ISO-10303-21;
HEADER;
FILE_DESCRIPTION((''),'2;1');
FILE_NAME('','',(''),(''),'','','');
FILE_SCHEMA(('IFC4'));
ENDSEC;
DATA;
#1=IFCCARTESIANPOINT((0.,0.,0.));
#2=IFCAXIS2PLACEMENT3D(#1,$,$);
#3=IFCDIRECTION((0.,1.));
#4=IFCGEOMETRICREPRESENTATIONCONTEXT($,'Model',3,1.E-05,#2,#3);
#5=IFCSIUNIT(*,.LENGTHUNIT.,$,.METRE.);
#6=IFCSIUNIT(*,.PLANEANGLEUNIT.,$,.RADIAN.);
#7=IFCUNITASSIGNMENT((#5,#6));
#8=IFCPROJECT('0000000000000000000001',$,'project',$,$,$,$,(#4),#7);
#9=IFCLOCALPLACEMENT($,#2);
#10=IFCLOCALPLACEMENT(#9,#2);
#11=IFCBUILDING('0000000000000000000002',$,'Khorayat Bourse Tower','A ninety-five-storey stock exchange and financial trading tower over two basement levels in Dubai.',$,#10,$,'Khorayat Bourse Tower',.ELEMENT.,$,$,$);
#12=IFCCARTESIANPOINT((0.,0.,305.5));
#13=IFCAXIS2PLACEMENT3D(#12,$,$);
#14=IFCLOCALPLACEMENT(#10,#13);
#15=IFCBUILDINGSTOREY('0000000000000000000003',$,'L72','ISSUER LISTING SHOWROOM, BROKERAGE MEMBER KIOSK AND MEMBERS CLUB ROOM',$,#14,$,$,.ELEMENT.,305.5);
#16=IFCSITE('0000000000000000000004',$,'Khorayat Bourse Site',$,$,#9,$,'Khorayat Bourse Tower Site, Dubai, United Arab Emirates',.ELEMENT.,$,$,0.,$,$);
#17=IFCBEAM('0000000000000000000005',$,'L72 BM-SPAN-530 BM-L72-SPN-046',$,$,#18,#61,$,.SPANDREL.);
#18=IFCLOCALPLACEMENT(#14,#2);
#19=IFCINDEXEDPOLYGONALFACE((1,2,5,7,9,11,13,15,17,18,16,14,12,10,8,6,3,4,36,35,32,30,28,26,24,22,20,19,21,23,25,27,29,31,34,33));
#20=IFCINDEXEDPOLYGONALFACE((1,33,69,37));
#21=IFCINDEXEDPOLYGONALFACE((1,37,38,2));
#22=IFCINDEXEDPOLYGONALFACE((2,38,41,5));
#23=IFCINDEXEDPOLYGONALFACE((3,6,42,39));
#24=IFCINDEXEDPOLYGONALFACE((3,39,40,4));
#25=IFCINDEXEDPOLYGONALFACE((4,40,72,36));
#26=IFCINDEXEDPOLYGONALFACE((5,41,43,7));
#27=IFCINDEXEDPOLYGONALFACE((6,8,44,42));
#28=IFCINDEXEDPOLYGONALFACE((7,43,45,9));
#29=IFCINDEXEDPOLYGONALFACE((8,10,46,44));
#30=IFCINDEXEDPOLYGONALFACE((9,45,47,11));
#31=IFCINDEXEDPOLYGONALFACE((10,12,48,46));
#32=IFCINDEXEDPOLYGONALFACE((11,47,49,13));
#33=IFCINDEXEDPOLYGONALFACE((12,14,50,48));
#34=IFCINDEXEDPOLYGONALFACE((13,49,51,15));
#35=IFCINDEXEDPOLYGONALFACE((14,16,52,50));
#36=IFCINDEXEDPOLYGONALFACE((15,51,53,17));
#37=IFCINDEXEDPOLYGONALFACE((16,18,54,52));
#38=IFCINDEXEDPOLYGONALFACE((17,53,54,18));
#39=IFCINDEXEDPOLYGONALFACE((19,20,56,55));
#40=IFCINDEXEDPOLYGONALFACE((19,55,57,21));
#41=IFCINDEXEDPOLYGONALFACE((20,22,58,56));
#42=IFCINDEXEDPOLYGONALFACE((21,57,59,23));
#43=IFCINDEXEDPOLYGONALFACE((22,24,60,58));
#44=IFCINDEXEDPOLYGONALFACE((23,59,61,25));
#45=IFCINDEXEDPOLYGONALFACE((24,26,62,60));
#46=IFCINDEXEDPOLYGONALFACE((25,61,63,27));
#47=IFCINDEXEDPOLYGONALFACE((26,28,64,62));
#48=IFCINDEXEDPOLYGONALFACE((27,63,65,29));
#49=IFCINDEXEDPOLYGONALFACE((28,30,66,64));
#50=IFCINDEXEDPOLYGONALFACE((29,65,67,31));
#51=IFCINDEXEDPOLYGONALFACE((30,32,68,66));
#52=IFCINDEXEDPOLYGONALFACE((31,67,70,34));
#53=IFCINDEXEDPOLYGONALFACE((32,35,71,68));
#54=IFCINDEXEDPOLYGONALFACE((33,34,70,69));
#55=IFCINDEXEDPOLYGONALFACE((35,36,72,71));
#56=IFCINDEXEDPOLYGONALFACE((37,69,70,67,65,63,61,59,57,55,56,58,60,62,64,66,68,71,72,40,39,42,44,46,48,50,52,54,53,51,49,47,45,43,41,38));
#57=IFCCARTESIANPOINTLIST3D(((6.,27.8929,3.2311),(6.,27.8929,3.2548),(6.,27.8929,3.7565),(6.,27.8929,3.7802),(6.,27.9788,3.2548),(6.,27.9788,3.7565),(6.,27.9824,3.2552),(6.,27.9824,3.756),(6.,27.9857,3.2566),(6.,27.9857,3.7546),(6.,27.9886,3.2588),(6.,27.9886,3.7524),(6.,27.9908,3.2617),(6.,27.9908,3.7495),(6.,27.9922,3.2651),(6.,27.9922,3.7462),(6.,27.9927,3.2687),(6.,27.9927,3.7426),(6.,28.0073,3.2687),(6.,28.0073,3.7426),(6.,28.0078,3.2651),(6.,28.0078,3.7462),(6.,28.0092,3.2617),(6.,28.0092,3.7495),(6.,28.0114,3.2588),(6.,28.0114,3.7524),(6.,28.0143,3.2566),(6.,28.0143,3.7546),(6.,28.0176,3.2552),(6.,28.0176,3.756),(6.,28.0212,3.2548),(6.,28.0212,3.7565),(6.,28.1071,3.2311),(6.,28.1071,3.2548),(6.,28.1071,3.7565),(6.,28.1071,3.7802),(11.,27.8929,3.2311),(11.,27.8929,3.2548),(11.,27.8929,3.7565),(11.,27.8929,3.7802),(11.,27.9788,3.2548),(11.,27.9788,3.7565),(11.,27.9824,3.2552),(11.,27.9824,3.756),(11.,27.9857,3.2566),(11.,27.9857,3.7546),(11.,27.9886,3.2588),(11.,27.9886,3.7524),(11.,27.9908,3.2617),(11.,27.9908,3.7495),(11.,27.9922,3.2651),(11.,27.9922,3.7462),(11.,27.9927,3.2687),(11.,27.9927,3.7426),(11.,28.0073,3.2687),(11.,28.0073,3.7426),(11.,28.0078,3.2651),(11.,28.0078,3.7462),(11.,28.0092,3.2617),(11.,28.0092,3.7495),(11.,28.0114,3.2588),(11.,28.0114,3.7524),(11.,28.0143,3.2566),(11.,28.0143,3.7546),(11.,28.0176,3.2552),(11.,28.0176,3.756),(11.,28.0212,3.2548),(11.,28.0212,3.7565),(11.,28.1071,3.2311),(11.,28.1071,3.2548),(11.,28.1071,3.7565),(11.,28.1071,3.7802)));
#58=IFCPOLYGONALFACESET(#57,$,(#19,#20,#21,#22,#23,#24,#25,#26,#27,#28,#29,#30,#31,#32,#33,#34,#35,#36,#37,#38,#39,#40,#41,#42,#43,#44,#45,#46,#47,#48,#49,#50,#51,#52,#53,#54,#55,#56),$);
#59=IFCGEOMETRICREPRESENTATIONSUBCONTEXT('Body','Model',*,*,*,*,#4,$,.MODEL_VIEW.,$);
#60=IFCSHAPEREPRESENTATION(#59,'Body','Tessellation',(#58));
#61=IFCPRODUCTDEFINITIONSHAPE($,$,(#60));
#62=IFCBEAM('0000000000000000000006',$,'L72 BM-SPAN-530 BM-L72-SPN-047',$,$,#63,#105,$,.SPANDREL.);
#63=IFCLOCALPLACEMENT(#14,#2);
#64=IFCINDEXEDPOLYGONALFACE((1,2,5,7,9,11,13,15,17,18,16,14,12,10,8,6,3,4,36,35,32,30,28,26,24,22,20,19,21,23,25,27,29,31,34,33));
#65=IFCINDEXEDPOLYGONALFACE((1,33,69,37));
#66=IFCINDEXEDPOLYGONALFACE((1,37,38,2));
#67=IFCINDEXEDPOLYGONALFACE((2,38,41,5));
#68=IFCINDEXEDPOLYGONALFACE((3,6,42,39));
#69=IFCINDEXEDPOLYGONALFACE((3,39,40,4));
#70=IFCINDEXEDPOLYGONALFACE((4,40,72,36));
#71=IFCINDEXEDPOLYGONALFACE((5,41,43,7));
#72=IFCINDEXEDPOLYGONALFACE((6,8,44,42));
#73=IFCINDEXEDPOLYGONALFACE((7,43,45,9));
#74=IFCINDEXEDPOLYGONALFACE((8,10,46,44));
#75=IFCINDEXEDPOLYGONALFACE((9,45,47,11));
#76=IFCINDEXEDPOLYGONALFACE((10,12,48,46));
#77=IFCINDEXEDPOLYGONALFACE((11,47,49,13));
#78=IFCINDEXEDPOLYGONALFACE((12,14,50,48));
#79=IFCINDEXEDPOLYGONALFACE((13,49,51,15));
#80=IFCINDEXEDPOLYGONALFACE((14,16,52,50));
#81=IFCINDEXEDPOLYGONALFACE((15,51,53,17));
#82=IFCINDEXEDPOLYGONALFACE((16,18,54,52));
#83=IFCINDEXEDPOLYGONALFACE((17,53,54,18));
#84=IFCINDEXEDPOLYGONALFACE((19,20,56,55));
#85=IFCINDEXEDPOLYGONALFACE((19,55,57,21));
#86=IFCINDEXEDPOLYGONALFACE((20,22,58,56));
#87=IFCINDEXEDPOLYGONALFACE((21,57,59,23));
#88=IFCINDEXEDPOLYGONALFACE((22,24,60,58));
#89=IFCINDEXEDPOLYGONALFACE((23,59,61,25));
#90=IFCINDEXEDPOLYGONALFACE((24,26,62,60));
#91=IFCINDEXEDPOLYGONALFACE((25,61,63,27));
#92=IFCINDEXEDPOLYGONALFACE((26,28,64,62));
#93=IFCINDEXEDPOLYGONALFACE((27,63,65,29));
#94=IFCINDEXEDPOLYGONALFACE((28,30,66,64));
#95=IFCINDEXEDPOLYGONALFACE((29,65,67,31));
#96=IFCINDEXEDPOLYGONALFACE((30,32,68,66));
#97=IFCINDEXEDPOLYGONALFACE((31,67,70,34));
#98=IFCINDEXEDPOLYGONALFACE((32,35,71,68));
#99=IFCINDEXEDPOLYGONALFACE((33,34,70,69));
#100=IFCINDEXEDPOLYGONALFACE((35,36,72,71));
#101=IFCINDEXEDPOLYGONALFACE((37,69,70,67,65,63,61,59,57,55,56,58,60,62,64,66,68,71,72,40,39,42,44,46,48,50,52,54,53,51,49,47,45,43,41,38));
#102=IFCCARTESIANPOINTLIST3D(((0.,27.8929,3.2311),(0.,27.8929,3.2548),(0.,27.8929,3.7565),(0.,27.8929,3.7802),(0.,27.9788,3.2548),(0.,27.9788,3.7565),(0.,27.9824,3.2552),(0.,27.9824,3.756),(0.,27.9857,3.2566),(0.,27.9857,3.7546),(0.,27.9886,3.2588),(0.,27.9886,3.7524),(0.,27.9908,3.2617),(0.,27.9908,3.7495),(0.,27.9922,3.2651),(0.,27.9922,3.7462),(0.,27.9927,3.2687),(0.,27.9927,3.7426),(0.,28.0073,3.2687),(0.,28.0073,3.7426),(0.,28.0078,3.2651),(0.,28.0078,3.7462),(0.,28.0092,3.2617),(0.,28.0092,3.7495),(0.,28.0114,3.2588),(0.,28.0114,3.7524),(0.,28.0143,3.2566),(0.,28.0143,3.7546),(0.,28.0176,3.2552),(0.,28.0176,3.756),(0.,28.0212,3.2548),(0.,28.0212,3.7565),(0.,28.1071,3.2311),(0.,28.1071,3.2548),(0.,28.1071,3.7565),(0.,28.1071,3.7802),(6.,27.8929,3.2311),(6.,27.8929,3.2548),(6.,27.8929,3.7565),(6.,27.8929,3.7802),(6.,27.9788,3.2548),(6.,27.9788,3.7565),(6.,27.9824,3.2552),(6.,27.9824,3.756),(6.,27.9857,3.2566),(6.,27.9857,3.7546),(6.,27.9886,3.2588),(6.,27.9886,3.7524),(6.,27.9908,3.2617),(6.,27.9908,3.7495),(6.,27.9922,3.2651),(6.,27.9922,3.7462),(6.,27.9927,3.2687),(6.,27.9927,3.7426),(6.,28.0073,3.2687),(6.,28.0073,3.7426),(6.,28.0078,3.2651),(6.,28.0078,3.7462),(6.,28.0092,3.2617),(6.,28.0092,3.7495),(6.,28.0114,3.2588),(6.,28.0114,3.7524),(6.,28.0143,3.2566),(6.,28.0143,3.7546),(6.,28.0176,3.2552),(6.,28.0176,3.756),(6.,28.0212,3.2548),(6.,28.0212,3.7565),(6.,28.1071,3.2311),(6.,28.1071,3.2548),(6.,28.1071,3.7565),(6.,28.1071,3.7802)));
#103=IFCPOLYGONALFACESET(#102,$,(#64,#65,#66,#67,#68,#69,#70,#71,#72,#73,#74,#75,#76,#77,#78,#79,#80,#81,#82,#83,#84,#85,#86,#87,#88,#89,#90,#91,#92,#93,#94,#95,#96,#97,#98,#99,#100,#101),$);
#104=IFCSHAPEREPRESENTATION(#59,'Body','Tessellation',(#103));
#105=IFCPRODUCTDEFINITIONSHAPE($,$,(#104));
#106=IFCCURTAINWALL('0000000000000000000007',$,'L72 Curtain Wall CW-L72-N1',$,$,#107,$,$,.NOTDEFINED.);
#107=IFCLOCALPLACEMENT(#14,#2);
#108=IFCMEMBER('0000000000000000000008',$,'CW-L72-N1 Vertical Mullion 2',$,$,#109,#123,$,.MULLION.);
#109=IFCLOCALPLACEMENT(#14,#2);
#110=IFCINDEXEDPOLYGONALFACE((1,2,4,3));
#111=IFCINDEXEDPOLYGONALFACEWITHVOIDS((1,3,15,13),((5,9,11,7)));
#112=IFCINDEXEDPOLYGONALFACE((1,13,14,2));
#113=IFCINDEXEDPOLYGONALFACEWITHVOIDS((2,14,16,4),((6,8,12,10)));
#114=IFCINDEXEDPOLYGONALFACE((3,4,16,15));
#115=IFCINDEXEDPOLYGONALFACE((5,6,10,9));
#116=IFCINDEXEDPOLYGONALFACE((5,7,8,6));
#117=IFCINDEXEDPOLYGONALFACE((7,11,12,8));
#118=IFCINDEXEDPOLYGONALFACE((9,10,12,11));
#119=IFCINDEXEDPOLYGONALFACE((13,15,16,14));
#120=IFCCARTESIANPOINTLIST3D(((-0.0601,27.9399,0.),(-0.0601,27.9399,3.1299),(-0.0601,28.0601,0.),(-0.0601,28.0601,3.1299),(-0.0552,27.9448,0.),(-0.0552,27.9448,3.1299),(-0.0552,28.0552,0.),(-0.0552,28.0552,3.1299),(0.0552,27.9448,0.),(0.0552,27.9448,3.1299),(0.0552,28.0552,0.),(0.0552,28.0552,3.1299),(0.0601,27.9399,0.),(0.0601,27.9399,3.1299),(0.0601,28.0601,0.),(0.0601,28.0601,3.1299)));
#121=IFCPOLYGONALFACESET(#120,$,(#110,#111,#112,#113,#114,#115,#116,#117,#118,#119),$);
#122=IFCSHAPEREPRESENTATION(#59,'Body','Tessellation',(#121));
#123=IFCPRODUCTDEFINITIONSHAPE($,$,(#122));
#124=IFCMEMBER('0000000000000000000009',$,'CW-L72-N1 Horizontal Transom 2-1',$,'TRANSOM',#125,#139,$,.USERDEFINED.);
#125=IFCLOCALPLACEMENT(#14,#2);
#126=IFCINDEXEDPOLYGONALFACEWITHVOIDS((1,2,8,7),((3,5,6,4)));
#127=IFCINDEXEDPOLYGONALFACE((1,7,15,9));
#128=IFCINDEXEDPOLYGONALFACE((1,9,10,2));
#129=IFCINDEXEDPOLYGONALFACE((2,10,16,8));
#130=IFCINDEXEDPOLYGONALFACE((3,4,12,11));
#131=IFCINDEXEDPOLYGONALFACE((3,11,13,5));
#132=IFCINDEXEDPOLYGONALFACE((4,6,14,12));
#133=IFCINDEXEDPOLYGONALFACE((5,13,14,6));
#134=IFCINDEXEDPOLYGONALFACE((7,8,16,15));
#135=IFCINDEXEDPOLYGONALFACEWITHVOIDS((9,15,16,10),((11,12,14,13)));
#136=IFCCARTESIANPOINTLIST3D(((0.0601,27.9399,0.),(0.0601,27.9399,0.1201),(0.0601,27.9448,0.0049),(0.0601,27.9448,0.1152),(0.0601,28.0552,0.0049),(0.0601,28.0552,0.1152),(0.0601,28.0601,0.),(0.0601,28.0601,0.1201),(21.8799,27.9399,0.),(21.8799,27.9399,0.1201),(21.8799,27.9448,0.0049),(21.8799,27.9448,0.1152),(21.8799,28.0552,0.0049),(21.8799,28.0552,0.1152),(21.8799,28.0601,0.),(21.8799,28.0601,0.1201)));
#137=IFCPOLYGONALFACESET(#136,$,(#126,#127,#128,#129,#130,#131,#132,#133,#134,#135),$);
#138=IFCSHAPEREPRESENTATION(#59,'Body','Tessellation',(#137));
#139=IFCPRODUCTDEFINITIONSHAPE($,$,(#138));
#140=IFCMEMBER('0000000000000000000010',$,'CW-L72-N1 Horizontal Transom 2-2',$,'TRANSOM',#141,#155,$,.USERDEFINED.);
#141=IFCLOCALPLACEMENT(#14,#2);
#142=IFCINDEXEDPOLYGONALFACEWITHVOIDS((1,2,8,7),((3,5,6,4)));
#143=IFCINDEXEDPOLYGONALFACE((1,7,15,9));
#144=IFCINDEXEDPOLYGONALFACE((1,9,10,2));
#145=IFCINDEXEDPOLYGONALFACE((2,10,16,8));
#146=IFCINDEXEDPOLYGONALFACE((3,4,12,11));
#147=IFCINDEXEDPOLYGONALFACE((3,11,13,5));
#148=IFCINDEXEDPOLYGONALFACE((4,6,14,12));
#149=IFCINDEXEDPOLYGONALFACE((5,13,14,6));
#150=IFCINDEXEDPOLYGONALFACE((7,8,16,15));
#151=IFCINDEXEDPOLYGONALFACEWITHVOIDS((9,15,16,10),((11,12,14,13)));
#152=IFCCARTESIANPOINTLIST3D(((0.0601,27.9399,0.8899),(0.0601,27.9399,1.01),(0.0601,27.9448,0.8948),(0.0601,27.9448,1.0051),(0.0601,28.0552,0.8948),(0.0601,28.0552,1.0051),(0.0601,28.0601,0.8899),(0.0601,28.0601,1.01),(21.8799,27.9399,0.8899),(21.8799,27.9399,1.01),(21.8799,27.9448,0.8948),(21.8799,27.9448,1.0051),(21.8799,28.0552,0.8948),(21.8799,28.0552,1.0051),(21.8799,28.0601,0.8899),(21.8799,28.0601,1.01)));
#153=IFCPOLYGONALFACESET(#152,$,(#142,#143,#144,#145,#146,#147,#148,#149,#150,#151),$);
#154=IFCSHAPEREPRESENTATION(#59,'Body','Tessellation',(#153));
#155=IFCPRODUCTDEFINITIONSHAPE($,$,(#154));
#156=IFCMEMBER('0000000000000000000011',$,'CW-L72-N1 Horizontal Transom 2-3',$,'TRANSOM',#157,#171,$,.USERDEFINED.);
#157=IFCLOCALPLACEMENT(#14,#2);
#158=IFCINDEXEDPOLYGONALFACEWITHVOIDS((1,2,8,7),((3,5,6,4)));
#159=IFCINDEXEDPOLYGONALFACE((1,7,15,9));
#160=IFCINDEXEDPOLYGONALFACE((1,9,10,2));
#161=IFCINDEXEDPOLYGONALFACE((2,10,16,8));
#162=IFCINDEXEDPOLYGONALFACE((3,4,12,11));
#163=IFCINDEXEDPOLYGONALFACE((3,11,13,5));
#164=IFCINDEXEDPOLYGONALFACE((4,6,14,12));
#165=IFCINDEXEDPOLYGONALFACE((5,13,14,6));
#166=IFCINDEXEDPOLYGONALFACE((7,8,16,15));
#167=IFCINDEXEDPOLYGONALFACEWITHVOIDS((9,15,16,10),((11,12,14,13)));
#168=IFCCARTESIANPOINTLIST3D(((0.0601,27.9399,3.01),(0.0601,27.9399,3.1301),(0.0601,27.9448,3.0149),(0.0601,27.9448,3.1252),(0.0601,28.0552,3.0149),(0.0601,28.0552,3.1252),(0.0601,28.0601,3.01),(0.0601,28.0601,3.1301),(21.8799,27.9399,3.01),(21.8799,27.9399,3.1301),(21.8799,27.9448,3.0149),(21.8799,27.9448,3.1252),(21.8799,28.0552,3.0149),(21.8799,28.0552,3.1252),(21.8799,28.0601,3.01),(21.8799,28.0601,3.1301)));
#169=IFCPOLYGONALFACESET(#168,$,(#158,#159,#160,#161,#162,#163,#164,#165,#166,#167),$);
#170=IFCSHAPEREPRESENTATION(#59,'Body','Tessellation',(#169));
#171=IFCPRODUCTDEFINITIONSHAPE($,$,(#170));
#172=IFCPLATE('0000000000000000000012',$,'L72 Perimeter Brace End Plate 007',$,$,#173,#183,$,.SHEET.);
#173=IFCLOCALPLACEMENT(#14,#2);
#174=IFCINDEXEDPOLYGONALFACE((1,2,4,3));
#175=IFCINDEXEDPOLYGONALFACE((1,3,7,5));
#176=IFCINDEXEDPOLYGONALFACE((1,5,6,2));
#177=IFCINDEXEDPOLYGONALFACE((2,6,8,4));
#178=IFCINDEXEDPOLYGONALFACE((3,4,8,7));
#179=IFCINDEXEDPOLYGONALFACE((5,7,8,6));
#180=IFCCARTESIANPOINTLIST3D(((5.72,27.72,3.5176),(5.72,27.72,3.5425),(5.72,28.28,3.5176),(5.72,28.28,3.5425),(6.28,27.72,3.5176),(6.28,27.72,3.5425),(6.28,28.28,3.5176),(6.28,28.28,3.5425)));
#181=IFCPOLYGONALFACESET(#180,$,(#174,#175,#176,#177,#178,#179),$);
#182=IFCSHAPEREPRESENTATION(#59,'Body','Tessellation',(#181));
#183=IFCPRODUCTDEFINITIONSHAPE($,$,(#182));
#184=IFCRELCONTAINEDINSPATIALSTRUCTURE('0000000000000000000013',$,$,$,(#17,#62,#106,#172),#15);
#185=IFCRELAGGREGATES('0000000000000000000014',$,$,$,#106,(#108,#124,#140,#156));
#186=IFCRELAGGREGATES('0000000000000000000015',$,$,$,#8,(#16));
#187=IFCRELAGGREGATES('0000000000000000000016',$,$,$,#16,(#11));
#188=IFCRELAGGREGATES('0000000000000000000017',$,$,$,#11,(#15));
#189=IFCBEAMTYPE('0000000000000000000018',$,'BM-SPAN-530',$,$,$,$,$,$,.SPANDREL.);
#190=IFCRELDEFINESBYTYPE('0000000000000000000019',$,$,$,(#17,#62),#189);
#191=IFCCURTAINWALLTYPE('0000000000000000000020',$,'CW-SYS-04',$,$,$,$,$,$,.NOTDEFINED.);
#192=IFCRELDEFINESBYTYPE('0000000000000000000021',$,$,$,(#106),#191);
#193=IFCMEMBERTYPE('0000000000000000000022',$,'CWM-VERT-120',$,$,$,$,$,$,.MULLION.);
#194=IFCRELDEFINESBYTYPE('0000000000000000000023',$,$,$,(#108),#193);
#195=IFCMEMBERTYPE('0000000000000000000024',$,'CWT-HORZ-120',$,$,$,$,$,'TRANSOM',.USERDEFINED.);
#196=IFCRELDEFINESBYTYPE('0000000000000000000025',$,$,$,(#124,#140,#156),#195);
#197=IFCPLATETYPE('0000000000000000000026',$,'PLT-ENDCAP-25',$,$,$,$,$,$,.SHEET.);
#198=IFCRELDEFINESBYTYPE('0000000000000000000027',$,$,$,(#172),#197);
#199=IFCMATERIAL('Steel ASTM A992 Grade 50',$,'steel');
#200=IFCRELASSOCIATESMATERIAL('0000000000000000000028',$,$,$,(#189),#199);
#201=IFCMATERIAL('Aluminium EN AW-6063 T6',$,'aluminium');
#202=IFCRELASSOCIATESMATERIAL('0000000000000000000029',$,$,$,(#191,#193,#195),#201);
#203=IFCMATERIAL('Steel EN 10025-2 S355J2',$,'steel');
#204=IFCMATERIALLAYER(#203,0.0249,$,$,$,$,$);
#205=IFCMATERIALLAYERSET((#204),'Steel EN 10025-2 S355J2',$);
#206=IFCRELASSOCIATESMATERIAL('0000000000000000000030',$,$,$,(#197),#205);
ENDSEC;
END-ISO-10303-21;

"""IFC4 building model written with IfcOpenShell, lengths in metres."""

from ifc_helpers import new_model, si_unit, direction, frame, origin, origin_2d, place, context, subcontext, project, spatial, rectangle, hollow_rectangle, i_section, extrude, source, transform, mapped, material, layer, layer_set, material_profile, profile_set, type_object, element, aggregate, save


model = new_model("IFC4")

# Units and contexts
model_context = context("Model", 3, precision=1e-05, world=origin(), true_north=direction((0.0, 1.0)))
body_context = subcontext(model_context, "Body", "Model", "MODEL_VIEW")
ifc_project = project(units=[si_unit("LENGTHUNIT", "METRE"), si_unit("PLANEANGLEUNIT", "RADIAN")], contexts=[model_context])

# Site, building, storey
site_placement = place(None, origin())
site = spatial("IfcSite", under=ifc_project, at=site_placement, Name="Khorayat Bourse Site", LongName="Khorayat Bourse Tower Site, Dubai, United Arab Emirates", CompositionType="ELEMENT", RefElevation=0.0)
building_placement = place(site_placement, origin())
building = spatial("IfcBuilding", under=site, at=building_placement, Name="Khorayat Bourse Tower", Description="A ninety-five-storey stock exchange and financial trading tower over two basement levels in Dubai.", LongName="Khorayat Bourse Tower", CompositionType="ELEMENT")
storey_placement = place(building_placement, frame((0.0, 0.0, 305.5)))
storey = spatial("IfcBuildingStorey", under=building, at=storey_placement, Name="L72", Description="ISSUER LISTING SHOWROOM, BROKERAGE MEMBER KIOSK AND MEMBERS CLUB ROOM", CompositionType="ELEMENT", Elevation=305.5)

# Beams
ifc_material_1 = material(Name="Steel ASTM A992 Grade 50", Category="steel")
ifc_material_profile_1 = material_profile(ifc_material_1, i_section(OverallWidth=0.2141, OverallDepth=0.5491, WebThickness=0.0146, FlangeThickness=0.0237, FilletRadius=0.0139, at=origin_2d()), Name="W530X138")
ifc_profile_set_1 = profile_set([ifc_material_profile_1], Name="Steel ASTM A992 Grade 50")
beam_type_1 = type_object("IfcBeamType", Name="BM-SPAN-530", PredefinedType="SPANDREL", material=ifc_profile_set_1)
shared_shape_1 = source(origin(), body_context, "Body", "SweptSolid", [
    extrude(i_section(OverallWidth=0.2141, OverallDepth=0.5491, WebThickness=0.0146, FlangeThickness=0.0237, FilletRadius=0.0139, at=origin_2d()), origin(), (0.0, 0.0, 1.0), 5.0),
])
beam_1_placement = place(storey_placement, frame((6.0, 28.0, 3.5056), z_axis=(1.0, 0.0, 0.0), x_axis=(0.0, 1.0, 0.0)))
element("IfcBeam", 1, at=beam_1_placement, inside=storey, type_object=beam_type_1, Name="L72 BM-SPAN-530 BM-L72-SPN-046", PredefinedType="SPANDREL", context=body_context, shape_type="MappedRepresentation", body=[
    mapped(shared_shape_1, transform((0.0, 0.0, 0.0), scale=1.0)),
])
shared_shape_2 = source(origin(), body_context, "Body", "SweptSolid", [
    extrude(i_section(OverallWidth=0.2141, OverallDepth=0.5491, WebThickness=0.0146, FlangeThickness=0.0237, FilletRadius=0.0139, at=origin_2d()), origin(), (0.0, 0.0, 1.0), 6.0),
])
beam_2_placement = place(storey_placement, frame((0.0, 28.0, 3.5056), z_axis=(1.0, 0.0, 0.0), x_axis=(0.0, 1.0, 0.0)))
element("IfcBeam", 2, at=beam_2_placement, inside=storey, type_object=beam_type_1, Name="L72 BM-SPAN-530 BM-L72-SPN-047", PredefinedType="SPANDREL", context=body_context, shape_type="MappedRepresentation", body=[
    mapped(shared_shape_2, transform((0.0, 0.0, 0.0), scale=1.0)),
])

# Curtain wall, members
ifc_material_2 = material(Name="Aluminium EN AW-6063 T6", Category="aluminium")
curtain_wall_type = type_object("IfcCurtainWallType", Name="CW-SYS-04", PredefinedType="NOTDEFINED", material=ifc_material_2)
curtain_wall_placement = place(storey_placement, origin())
curtain_wall = element("IfcCurtainWall", 3, at=curtain_wall_placement, inside=storey, type_object=curtain_wall_type, Name="L72 Curtain Wall CW-L72-N1", PredefinedType="NOTDEFINED")
ifc_material_profile_2 = material_profile(ifc_material_2, hollow_rectangle(XDim=0.1201, YDim=0.1201, WallThickness=0.0049, at=origin_2d()), Name="ALU 120x120x5")
ifc_profile_set_2 = profile_set([ifc_material_profile_2], Name="Aluminium EN AW-6063 T6")
member_type_1 = type_object("IfcMemberType", Name="CWM-VERT-120", PredefinedType="MULLION", material=ifc_profile_set_2)
shared_shape_3 = source(origin(), body_context, "Body", "SweptSolid", [
    extrude(hollow_rectangle(XDim=0.1201, YDim=0.1201, WallThickness=0.0049, at=origin_2d()), origin(), (0.0, 0.0, 1.0), 3.1299),
])
member_1_placement = place(storey_placement, frame((0.0, 28.0, 0.0), z_axis=(0.0, 0.0, 1.0), x_axis=(0.0, 1.0, 0.0)))
member_1 = element("IfcMember", 4, at=member_1_placement, type_object=member_type_1, Name="CW-L72-N1 Vertical Mullion 2", PredefinedType="MULLION", context=body_context, shape_type="MappedRepresentation", body=[
    mapped(shared_shape_3, transform((0.0, 0.0, 0.0), scale=1.0)),
])
ifc_material_profile_3 = material_profile(ifc_material_2, hollow_rectangle(XDim=0.1201, YDim=0.1201, WallThickness=0.0049, at=origin_2d()), Name="ALU 120x120x5")
ifc_profile_set_3 = profile_set([ifc_material_profile_3], Name="Aluminium EN AW-6063 T6")
member_type_2 = type_object("IfcMemberType", Name="CWT-HORZ-120", ElementType="TRANSOM", PredefinedType="USERDEFINED", material=ifc_profile_set_3)
shared_shape_4 = source(origin(), body_context, "Body", "SweptSolid", [
    extrude(hollow_rectangle(XDim=0.1201, YDim=0.1201, WallThickness=0.0049, at=origin_2d()), origin(), (0.0, 0.0, 1.0), 21.8198),
])
member_2_placement = place(storey_placement, frame((0.0601, 28.0, 0.0601), z_axis=(1.0, 0.0, 0.0), x_axis=(0.0, 1.0, 0.0)))
member_2 = element("IfcMember", 5, at=member_2_placement, type_object=member_type_2, Name="CW-L72-N1 Horizontal Transom 2-1", ObjectType="TRANSOM", PredefinedType="USERDEFINED", context=body_context, shape_type="MappedRepresentation", body=[
    mapped(shared_shape_4, transform((0.0, 0.0, 0.0), scale=1.0)),
])
member_3_placement = place(storey_placement, frame((0.0601, 28.0, 0.95), z_axis=(1.0, 0.0, 0.0), x_axis=(0.0, 1.0, 0.0)))
member_3 = element("IfcMember", 6, at=member_3_placement, type_object=member_type_2, Name="CW-L72-N1 Horizontal Transom 2-2", ObjectType="TRANSOM", PredefinedType="USERDEFINED", context=body_context, shape_type="MappedRepresentation", body=[
    mapped(shared_shape_4, transform((0.0, 0.0, 0.0), scale=1.0)),
])
member_4_placement = place(storey_placement, frame((0.0601, 28.0, 3.0701), z_axis=(1.0, 0.0, 0.0), x_axis=(0.0, 1.0, 0.0)))
member_4 = element("IfcMember", 7, at=member_4_placement, type_object=member_type_2, Name="CW-L72-N1 Horizontal Transom 2-3", ObjectType="TRANSOM", PredefinedType="USERDEFINED", context=body_context, shape_type="MappedRepresentation", body=[
    mapped(shared_shape_4, transform((0.0, 0.0, 0.0), scale=1.0)),
])

# Plate
ifc_material_3 = material(Name="Steel EN 10025-2 S355J2", Category="steel")
ifc_layer_1 = layer(ifc_material_3, 0.0249)
ifc_layer_set_1 = layer_set([ifc_layer_1], Name="Steel EN 10025-2 S355J2")
plate_type_1 = type_object("IfcPlateType", Name="PLT-ENDCAP-25", PredefinedType="SHEET", material=ifc_layer_set_1)
shared_shape_5 = source(origin(), body_context, "Body", "SweptSolid", [
    extrude(rectangle(XDim=0.5601, YDim=0.5601, at=origin_2d()), origin(), (0.0, 0.0, 1.0), 0.0249),
])
plate_1_placement = place(storey_placement, frame((6.0, 28.0, 3.5176), z_axis=(0.0, 0.0, 1.0), x_axis=(1.0, 0.0, 0.0)))
element("IfcPlate", 8, at=plate_1_placement, inside=storey, type_object=plate_type_1, Name="L72 Perimeter Brace End Plate 007", PredefinedType="SHEET", context=body_context, shape_type="MappedRepresentation", body=[
    mapped(shared_shape_5, transform((0.0, 0.0, 0.0), scale=1.0)),
])
aggregate(curtain_wall, [member_1, member_2, member_3, member_4])

save(model, "model.ifc")
